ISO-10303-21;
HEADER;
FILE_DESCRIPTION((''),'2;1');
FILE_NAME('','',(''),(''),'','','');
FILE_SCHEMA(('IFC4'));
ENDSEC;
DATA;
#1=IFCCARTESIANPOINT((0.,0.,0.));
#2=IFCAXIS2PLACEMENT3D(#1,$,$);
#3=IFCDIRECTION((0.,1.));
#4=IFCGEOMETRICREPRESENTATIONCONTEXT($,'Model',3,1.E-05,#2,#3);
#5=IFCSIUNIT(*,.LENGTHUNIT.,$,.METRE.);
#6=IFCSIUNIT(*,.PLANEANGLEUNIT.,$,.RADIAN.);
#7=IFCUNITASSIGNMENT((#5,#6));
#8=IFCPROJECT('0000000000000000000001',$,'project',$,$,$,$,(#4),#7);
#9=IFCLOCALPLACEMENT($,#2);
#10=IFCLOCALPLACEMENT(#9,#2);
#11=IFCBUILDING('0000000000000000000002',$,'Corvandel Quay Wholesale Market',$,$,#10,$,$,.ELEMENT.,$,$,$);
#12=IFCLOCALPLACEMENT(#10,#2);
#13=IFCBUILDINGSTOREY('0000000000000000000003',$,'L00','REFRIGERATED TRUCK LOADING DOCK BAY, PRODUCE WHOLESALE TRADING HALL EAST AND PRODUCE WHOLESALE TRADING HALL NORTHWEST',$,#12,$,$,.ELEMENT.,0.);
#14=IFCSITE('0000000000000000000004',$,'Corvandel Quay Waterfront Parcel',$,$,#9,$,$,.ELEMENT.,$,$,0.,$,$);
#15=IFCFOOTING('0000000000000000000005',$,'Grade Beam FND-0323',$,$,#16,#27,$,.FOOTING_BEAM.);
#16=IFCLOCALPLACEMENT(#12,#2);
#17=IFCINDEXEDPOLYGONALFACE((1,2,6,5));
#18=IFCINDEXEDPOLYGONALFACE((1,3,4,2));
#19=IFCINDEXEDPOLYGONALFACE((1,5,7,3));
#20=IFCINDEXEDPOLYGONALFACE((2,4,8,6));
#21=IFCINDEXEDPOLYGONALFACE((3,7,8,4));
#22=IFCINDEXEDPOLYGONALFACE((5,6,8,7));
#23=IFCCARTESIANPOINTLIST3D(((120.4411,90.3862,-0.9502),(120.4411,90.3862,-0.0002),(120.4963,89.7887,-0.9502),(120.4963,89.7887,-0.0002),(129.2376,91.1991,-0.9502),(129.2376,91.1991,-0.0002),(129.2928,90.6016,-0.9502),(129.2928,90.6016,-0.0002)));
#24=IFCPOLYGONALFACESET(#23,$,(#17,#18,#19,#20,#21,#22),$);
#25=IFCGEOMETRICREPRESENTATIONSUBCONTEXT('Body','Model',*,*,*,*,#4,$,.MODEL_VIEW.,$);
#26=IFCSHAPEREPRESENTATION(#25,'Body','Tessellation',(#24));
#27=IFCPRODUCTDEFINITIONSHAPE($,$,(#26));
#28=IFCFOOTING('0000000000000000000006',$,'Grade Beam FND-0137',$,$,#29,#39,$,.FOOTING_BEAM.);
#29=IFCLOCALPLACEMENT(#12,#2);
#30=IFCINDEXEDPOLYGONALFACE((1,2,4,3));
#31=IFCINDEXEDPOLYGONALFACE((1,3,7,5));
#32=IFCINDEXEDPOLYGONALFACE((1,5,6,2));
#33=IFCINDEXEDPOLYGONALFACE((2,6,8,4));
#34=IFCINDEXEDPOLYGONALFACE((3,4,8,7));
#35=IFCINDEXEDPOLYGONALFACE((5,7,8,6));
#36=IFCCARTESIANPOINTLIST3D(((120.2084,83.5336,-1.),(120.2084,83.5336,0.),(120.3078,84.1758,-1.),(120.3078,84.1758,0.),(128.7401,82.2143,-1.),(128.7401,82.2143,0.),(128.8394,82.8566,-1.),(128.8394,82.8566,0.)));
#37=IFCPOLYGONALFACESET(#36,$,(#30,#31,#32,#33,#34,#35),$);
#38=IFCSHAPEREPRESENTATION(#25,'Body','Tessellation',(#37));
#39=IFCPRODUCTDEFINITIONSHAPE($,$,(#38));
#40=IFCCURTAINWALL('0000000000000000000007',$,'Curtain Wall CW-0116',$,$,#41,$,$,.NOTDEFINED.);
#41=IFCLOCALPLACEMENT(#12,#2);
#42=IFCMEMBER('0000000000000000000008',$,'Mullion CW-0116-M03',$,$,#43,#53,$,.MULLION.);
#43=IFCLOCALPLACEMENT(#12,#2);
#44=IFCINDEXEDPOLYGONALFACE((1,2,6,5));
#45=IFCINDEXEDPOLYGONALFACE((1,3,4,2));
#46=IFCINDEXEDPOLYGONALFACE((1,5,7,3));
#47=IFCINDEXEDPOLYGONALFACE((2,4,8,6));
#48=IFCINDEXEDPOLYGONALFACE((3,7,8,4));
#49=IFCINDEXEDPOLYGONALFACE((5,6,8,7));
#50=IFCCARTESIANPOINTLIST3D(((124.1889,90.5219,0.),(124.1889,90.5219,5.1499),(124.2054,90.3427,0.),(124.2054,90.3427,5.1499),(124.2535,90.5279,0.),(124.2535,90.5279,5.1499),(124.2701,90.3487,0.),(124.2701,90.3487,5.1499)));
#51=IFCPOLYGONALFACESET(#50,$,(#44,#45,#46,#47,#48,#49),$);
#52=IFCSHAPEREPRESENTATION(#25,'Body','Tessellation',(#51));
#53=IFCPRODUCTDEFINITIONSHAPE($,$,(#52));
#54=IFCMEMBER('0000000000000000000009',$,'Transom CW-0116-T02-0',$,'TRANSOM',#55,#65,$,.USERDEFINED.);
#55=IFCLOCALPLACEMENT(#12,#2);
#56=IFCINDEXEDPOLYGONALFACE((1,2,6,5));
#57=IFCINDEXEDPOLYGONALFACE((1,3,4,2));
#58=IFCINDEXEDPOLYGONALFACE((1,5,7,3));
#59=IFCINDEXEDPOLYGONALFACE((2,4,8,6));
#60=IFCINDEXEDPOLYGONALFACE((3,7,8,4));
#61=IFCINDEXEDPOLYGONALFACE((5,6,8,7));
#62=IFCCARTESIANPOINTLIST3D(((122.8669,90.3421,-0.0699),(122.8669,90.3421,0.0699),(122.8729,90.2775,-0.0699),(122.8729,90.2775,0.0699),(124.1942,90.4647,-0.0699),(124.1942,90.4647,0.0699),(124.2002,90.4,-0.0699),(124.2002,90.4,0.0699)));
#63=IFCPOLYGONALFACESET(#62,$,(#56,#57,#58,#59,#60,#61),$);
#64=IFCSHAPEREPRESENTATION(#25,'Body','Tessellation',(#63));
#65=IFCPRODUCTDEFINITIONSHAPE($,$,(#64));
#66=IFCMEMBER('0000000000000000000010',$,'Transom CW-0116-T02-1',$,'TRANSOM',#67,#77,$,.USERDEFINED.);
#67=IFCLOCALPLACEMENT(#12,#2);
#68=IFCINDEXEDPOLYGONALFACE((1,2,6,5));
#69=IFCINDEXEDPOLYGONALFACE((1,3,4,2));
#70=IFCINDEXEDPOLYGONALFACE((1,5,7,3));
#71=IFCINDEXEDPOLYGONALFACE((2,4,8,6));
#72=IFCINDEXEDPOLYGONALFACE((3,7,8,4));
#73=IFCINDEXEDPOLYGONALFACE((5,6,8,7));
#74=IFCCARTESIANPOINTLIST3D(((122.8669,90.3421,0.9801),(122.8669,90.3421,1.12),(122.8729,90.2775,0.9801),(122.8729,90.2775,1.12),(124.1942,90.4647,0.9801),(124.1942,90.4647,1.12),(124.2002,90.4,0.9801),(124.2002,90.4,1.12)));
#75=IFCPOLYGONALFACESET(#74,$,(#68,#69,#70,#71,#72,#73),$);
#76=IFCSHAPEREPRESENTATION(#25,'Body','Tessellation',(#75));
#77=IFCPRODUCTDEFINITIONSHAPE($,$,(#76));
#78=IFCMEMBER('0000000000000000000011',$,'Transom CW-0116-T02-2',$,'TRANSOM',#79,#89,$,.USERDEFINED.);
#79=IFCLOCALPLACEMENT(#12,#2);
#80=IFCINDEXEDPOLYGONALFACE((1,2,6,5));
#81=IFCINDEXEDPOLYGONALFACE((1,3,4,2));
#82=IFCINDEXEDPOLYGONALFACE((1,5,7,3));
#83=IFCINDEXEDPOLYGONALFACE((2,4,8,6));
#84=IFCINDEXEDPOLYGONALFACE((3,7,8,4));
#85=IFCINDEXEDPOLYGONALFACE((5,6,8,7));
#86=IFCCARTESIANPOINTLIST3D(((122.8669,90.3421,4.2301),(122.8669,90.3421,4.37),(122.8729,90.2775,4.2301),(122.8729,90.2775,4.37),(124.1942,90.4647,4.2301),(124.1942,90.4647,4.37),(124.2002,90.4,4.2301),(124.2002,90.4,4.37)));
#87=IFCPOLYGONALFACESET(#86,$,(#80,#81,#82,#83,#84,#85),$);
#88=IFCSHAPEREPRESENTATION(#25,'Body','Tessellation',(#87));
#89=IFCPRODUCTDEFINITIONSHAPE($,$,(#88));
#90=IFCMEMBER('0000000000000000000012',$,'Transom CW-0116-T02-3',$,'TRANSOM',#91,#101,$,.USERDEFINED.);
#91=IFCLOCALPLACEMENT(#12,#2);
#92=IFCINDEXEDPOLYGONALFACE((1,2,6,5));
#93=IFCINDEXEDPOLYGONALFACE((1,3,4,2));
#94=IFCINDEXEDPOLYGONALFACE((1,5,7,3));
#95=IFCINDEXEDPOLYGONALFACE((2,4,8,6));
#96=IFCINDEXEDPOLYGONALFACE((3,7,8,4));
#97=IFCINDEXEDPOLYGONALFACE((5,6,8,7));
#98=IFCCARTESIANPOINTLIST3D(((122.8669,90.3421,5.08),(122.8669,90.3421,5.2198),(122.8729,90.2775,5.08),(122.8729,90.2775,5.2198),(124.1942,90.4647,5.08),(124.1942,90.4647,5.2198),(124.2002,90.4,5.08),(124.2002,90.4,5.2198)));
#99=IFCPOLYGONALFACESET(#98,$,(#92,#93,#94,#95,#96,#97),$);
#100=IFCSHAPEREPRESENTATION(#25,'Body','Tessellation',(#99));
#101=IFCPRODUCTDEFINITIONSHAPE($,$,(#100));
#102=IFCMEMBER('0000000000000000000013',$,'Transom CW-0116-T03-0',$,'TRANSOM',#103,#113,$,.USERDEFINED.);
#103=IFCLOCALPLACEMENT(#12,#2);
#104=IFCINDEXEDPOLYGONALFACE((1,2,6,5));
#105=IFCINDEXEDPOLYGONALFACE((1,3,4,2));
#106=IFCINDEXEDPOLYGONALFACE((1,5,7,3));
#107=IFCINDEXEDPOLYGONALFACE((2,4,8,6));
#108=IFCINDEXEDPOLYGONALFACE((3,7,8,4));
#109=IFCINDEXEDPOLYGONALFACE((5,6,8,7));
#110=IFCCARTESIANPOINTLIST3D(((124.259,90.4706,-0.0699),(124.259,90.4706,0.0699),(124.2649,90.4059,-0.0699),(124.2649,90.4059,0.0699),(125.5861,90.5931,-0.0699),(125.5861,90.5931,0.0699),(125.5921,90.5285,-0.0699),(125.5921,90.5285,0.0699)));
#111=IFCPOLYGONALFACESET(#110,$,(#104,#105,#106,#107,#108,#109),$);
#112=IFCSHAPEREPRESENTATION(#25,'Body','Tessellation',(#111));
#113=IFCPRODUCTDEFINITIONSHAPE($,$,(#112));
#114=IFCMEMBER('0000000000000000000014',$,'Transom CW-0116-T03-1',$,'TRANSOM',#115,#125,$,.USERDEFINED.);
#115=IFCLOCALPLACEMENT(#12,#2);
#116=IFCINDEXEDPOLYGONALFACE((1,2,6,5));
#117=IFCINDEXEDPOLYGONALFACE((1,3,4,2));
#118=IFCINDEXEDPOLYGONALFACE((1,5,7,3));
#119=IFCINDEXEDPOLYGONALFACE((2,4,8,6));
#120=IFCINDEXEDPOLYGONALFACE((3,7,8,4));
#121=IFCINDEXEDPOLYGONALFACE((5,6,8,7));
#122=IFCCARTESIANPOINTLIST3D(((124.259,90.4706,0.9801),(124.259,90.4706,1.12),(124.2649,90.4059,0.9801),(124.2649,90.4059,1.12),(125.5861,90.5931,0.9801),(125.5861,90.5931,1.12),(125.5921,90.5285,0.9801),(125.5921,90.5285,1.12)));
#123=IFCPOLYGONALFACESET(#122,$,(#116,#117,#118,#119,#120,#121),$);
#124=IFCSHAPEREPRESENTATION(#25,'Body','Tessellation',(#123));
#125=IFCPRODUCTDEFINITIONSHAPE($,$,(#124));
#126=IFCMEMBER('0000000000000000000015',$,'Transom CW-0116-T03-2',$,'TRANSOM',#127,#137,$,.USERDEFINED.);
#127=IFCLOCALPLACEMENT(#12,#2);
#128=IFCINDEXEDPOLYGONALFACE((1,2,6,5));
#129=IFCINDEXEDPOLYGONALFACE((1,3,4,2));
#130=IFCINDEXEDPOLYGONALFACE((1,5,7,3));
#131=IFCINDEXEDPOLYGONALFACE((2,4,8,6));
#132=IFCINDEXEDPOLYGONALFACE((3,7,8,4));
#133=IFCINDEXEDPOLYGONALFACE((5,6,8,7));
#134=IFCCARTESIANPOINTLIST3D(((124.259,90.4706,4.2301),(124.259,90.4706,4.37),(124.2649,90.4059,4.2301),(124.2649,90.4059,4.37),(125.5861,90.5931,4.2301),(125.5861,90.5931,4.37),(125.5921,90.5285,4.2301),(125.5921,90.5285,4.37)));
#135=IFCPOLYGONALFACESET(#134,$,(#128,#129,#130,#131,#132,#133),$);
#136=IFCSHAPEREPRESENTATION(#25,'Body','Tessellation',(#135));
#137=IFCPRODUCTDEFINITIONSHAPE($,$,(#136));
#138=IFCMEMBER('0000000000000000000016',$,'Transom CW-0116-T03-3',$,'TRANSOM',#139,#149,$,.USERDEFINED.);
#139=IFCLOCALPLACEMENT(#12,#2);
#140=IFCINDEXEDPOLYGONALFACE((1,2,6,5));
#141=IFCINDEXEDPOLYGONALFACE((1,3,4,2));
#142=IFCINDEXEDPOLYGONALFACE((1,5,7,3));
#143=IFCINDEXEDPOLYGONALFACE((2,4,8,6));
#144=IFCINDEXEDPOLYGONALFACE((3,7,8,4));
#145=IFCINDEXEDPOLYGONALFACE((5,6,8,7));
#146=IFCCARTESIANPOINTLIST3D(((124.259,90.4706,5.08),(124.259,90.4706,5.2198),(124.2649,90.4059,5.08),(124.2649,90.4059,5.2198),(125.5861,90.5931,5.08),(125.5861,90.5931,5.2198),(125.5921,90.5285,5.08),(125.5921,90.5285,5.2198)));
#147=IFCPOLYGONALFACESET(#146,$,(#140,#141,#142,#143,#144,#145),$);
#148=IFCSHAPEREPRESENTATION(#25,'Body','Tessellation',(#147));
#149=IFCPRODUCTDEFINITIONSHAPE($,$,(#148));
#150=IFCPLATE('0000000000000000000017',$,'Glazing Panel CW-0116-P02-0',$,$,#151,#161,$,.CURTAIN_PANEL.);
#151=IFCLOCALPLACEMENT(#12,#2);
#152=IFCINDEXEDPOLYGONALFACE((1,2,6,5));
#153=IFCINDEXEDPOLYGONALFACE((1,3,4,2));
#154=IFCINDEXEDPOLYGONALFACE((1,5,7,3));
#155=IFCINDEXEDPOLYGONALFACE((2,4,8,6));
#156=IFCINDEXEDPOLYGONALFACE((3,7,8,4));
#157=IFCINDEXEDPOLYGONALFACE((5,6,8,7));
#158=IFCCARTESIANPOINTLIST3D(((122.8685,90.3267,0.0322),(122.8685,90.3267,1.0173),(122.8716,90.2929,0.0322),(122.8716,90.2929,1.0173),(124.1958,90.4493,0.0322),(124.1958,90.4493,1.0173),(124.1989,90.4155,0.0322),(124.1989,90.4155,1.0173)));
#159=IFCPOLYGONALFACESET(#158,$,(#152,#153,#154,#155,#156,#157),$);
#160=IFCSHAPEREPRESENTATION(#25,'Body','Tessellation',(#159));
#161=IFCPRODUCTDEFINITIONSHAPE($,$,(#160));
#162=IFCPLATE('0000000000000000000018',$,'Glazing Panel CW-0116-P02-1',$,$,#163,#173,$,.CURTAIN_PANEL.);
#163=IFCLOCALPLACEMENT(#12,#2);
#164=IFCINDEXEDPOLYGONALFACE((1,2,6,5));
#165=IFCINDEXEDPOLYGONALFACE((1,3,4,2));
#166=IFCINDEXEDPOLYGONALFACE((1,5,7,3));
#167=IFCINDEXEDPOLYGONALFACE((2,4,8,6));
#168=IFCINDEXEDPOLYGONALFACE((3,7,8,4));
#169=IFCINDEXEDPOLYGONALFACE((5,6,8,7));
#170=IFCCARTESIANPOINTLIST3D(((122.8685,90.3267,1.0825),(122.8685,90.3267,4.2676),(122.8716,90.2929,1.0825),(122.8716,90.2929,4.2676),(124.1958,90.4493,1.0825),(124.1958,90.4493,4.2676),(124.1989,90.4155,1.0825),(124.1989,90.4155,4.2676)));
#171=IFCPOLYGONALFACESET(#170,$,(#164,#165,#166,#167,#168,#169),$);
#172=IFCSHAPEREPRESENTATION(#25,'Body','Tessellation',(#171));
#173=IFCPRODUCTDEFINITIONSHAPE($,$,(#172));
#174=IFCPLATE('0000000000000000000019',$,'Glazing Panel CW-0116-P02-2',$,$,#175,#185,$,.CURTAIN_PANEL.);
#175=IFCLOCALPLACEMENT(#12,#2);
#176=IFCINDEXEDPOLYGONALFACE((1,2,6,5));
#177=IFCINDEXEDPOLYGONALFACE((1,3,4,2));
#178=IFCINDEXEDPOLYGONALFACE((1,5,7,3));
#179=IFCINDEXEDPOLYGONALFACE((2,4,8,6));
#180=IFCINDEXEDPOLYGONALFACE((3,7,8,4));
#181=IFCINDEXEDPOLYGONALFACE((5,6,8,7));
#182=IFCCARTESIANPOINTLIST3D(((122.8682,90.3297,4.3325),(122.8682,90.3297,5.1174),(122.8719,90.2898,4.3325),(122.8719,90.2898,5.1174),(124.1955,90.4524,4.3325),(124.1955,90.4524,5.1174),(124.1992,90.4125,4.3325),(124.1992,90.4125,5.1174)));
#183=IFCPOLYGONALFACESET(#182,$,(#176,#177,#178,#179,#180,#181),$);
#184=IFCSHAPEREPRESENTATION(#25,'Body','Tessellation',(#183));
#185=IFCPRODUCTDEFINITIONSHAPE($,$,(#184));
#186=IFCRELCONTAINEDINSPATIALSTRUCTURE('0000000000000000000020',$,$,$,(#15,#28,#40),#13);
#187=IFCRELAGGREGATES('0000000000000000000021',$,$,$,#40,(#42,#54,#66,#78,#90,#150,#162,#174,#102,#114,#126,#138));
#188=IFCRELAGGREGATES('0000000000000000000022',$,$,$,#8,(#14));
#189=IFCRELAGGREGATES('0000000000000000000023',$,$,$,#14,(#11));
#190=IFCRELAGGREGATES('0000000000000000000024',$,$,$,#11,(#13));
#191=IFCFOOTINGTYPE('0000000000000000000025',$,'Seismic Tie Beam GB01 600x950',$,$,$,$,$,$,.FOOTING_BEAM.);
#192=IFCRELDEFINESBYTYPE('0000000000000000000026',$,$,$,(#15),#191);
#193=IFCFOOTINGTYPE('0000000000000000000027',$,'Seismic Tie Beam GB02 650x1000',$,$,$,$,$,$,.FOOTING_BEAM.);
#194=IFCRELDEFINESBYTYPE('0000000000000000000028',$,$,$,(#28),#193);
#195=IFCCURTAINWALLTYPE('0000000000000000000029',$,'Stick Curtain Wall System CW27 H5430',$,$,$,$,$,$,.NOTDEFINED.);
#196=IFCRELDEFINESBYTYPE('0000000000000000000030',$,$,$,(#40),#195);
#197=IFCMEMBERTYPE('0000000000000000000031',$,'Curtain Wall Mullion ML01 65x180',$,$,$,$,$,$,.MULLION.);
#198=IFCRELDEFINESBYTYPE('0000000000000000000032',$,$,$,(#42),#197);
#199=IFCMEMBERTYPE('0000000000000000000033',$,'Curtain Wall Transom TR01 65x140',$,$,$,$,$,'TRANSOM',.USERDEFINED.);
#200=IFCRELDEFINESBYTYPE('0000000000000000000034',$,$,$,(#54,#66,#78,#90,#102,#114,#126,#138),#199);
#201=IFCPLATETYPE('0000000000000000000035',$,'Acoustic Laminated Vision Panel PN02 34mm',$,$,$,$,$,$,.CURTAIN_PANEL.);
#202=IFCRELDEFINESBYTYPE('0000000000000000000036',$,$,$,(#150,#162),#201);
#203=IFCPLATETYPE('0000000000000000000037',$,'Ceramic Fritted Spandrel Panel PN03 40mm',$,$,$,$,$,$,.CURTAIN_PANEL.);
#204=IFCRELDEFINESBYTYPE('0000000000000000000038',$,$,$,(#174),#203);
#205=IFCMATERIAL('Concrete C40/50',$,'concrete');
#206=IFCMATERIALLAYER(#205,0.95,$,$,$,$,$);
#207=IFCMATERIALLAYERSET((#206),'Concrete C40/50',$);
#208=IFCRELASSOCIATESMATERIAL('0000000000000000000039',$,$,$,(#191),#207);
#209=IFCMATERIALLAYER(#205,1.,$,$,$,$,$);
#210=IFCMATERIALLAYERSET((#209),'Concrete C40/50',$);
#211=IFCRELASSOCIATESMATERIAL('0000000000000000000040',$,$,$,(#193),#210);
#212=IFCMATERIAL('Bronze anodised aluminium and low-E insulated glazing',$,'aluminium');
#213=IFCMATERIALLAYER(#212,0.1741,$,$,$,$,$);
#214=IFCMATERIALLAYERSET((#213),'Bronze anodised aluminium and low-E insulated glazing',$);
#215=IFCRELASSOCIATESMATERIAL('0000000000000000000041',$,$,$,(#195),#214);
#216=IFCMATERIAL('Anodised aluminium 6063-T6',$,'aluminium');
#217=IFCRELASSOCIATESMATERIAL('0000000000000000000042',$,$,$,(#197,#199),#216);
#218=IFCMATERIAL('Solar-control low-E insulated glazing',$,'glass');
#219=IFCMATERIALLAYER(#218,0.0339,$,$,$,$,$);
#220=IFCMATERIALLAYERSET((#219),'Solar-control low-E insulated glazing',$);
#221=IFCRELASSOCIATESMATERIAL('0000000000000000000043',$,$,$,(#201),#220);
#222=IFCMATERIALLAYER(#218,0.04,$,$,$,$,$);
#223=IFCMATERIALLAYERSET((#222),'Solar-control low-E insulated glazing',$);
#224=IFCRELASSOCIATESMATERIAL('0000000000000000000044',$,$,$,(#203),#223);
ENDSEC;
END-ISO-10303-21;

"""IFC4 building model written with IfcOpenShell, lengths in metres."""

from ifc_helpers import new_model, si_unit, direction, frame, origin, origin_2d, place, context, subcontext, project, spatial, rectangle, extrude, material, layer, layer_set, material_profile, profile_set, type_object, element, aggregate, save


model = new_model("IFC4")

# Units and contexts
model_context = context("Model", 3, precision=1e-05, world=origin(), true_north=direction((0.0, 1.0)))
body_context = subcontext(model_context, "Body", "Model", "MODEL_VIEW")
ifc_project = project(units=[si_unit("LENGTHUNIT", "METRE"), si_unit("PLANEANGLEUNIT", "RADIAN")], contexts=[model_context])

# Site, building, storey
site_placement = place(None, origin())
site = spatial("IfcSite", under=ifc_project, at=site_placement, Name="Corvandel Quay Waterfront Parcel", CompositionType="ELEMENT", RefElevation=0.0)
building_placement = place(site_placement, origin())
building = spatial("IfcBuilding", under=site, at=building_placement, Name="Corvandel Quay Wholesale Market", CompositionType="ELEMENT")
storey_placement = place(building_placement, origin())
storey = spatial("IfcBuildingStorey", under=building, at=storey_placement, Name="L00", Description="REFRIGERATED TRUCK LOADING DOCK BAY, PRODUCE WHOLESALE TRADING HALL EAST AND PRODUCE WHOLESALE TRADING HALL NORTHWEST", CompositionType="ELEMENT", Elevation=0.0)

# Footings
ifc_material_1 = material(Name="Concrete C40/50", Category="concrete")
ifc_layer_1 = layer(ifc_material_1, 0.95)
ifc_layer_set_1 = layer_set([ifc_layer_1], Name="Concrete C40/50")
footing_type_1 = type_object("IfcFootingType", Name="Seismic Tie Beam GB01 600x950", PredefinedType="FOOTING_BEAM", material=ifc_layer_set_1)
footing_1_placement = place(storey_placement, frame((124.8669, 90.4939, -0.9502), z_axis=(0.0, 0.0, 1.0), x_axis=(0.995757, 0.092023, 0.0)))
element("IfcFooting", 1, at=footing_1_placement, inside=storey, type_object=footing_type_1, Name="Grade Beam FND-0323", PredefinedType="FOOTING_BEAM", context=body_context, shape_type="SweptSolid", body=[
    extrude(rectangle(XDim=8.834, YDim=0.6001, at=origin_2d()), origin(), (0.0, 0.0, 1.0), 0.95),
])
ifc_layer_2 = layer(ifc_material_1, 1.0)
ifc_layer_set_2 = layer_set([ifc_layer_2], Name="Concrete C40/50")
footing_type_2 = type_object("IfcFootingType", Name="Seismic Tie Beam GB02 650x1000", PredefinedType="FOOTING_BEAM", material=ifc_layer_set_2)
footing_2_placement = place(storey_placement, frame((124.5239, 83.1951, -1.0), z_axis=(0.0, 0.0, 1.0), x_axis=(-0.988255, 0.152813, 0.0)))
element("IfcFooting", 2, at=footing_2_placement, inside=storey, type_object=footing_type_2, Name="Grade Beam FND-0137", PredefinedType="FOOTING_BEAM", context=body_context, shape_type="SweptSolid", body=[
    extrude(rectangle(XDim=8.6331, YDim=0.6499, at=origin_2d()), origin(), (0.0, 0.0, 1.0), 1.0),
])

# Curtain wall, members, plates
ifc_material_2 = material(Name="Bronze anodised aluminium and low-E insulated glazing", Category="aluminium")
ifc_layer_3 = layer(ifc_material_2, 0.1741)
ifc_layer_set_3 = layer_set([ifc_layer_3], Name="Bronze anodised aluminium and low-E insulated glazing")
curtain_wall_type = type_object("IfcCurtainWallType", Name="Stick Curtain Wall System CW27 H5430", PredefinedType="NOTDEFINED", material=ifc_layer_set_3)
curtain_wall_placement = place(storey_placement, origin())
curtain_wall = element("IfcCurtainWall", 3, at=curtain_wall_placement, inside=storey, type_object=curtain_wall_type, Name="Curtain Wall CW-0116", PredefinedType="NOTDEFINED")
ifc_material_3 = material(Name="Anodised aluminium 6063-T6", Category="aluminium")
ifc_material_profile_1 = material_profile(ifc_material_3, rectangle(XDim=0.0649, YDim=0.1799, at=origin_2d()), Name="ALU-MUL-65x180")
ifc_profile_set_1 = profile_set([ifc_material_profile_1], Name="Anodised aluminium 6063-T6")
member_type_1 = type_object("IfcMemberType", Name="Curtain Wall Mullion ML01 65x180", PredefinedType="MULLION", material=ifc_profile_set_1)
member_1_placement = place(storey_placement, frame((124.2295, 90.4353, 0.0), z_axis=(0.0, 0.0, 1.0), x_axis=(0.995757, 0.092023, 0.0)))
member_1 = element("IfcMember", 4, at=member_1_placement, type_object=member_type_1, Name="Mullion CW-0116-M03", PredefinedType="MULLION", context=body_context, shape_type="SweptSolid", body=[
    extrude(rectangle(XDim=0.0649, YDim=0.1799, at=origin_2d()), origin(), (0.0, 0.0, 1.0), 5.1499),
])
ifc_material_profile_2 = material_profile(ifc_material_3, rectangle(XDim=0.0649, YDim=0.1399, at=origin_2d()), Name="ALU-TRN-65x140")
ifc_profile_set_2 = profile_set([ifc_material_profile_2], Name="Anodised aluminium 6063-T6")
member_type_2 = type_object("IfcMemberType", Name="Curtain Wall Transom TR01 65x140", ElementType="TRANSOM", PredefinedType="USERDEFINED", material=ifc_profile_set_2)
member_2_placement = place(storey_placement, frame((122.8699, 90.3098, 0.0), z_axis=(0.995765, 0.091939, 0.0), x_axis=(-0.091939, 0.995765, 0.0)))
member_2 = element("IfcMember", 5, at=member_2_placement, type_object=member_type_2, Name="Transom CW-0116-T02-0", ObjectType="TRANSOM", PredefinedType="USERDEFINED", context=body_context, shape_type="SweptSolid", body=[
    extrude(rectangle(XDim=0.0649, YDim=0.1399, at=origin_2d()), origin(), (0.0, 0.0, 1.0), 1.333),
])
member_3_placement = place(storey_placement, frame((122.8699, 90.3098, 1.05), z_axis=(0.995765, 0.091939, 0.0), x_axis=(-0.091939, 0.995765, 0.0)))
member_3 = element("IfcMember", 6, at=member_3_placement, type_object=member_type_2, Name="Transom CW-0116-T02-1", ObjectType="TRANSOM", PredefinedType="USERDEFINED", context=body_context, shape_type="SweptSolid", body=[
    extrude(rectangle(XDim=0.0649, YDim=0.1399, at=origin_2d()), origin(), (0.0, 0.0, 1.0), 1.333),
])
member_4_placement = place(storey_placement, frame((122.8699, 90.3098, 4.3), z_axis=(0.995765, 0.091939, 0.0), x_axis=(-0.091939, 0.995765, 0.0)))
member_4 = element("IfcMember", 7, at=member_4_placement, type_object=member_type_2, Name="Transom CW-0116-T02-2", ObjectType="TRANSOM", PredefinedType="USERDEFINED", context=body_context, shape_type="SweptSolid", body=[
    extrude(rectangle(XDim=0.0649, YDim=0.1399, at=origin_2d()), origin(), (0.0, 0.0, 1.0), 1.333),
])
member_5_placement = place(storey_placement, frame((122.8699, 90.3098, 5.1499), z_axis=(0.995765, 0.091939, 0.0), x_axis=(-0.091939, 0.995765, 0.0)))
member_5 = element("IfcMember", 8, at=member_5_placement, type_object=member_type_2, Name="Transom CW-0116-T02-3", ObjectType="TRANSOM", PredefinedType="USERDEFINED", context=body_context, shape_type="SweptSolid", body=[
    extrude(rectangle(XDim=0.0649, YDim=0.1399, at=origin_2d()), origin(), (0.0, 0.0, 1.0), 1.333),
])
member_6_placement = place(storey_placement, frame((124.262, 90.4382, 0.0), z_axis=(0.995763, 0.091956, 0.0), x_axis=(-0.091956, 0.995763, 0.0)))
member_6 = element("IfcMember", 9, at=member_6_placement, type_object=member_type_2, Name="Transom CW-0116-T03-0", ObjectType="TRANSOM", PredefinedType="USERDEFINED", context=body_context, shape_type="SweptSolid", body=[
    extrude(rectangle(XDim=0.0649, YDim=0.1399, at=origin_2d()), origin(), (0.0, 0.0, 1.0), 1.3328),
])
member_7_placement = place(storey_placement, frame((124.262, 90.4382, 1.05), z_axis=(0.995763, 0.091956, 0.0), x_axis=(-0.091956, 0.995763, 0.0)))
member_7 = element("IfcMember", 10, at=member_7_placement, type_object=member_type_2, Name="Transom CW-0116-T03-1", ObjectType="TRANSOM", PredefinedType="USERDEFINED", context=body_context, shape_type="SweptSolid", body=[
    extrude(rectangle(XDim=0.0649, YDim=0.1399, at=origin_2d()), origin(), (0.0, 0.0, 1.0), 1.3328),
])
member_8_placement = place(storey_placement, frame((124.262, 90.4382, 4.3), z_axis=(0.995763, 0.091956, 0.0), x_axis=(-0.091956, 0.995763, 0.0)))
member_8 = element("IfcMember", 11, at=member_8_placement, type_object=member_type_2, Name="Transom CW-0116-T03-2", ObjectType="TRANSOM", PredefinedType="USERDEFINED", context=body_context, shape_type="SweptSolid", body=[
    extrude(rectangle(XDim=0.0649, YDim=0.1399, at=origin_2d()), origin(), (0.0, 0.0, 1.0), 1.3328),
])
member_9_placement = place(storey_placement, frame((124.262, 90.4382, 5.1499), z_axis=(0.995763, 0.091956, 0.0), x_axis=(-0.091956, 0.995763, 0.0)))
member_9 = element("IfcMember", 12, at=member_9_placement, type_object=member_type_2, Name="Transom CW-0116-T03-3", ObjectType="TRANSOM", PredefinedType="USERDEFINED", context=body_context, shape_type="SweptSolid", body=[
    extrude(rectangle(XDim=0.0649, YDim=0.1399, at=origin_2d()), origin(), (0.0, 0.0, 1.0), 1.3328),
])
ifc_material_4 = material(Name="Solar-control low-E insulated glazing", Category="glass")
ifc_layer_4 = layer(ifc_material_4, 0.0339)
ifc_layer_set_4 = layer_set([ifc_layer_4], Name="Solar-control low-E insulated glazing")
plate_type_1 = type_object("IfcPlateType", Name="Acoustic Laminated Vision Panel PN02 34mm", PredefinedType="CURTAIN_PANEL", material=ifc_layer_set_4)
plate_1_placement = place(storey_placement, frame((123.5337, 90.3711, 0.0322), z_axis=(0.0, 0.0, 1.0), x_axis=(0.995757, 0.092023, 0.0)))
plate_1 = element("IfcPlate", 13, at=plate_1_placement, type_object=plate_type_1, Name="Glazing Panel CW-0116-P02-0", PredefinedType="CURTAIN_PANEL", context=body_context, shape_type="SweptSolid", body=[
    extrude(rectangle(XDim=1.333, YDim=0.0339, at=origin_2d()), origin(), (0.0, 0.0, 1.0), 0.9851),
])
plate_2_placement = place(storey_placement, frame((123.5337, 90.3711, 1.0825), z_axis=(0.0, 0.0, 1.0), x_axis=(0.995757, 0.092023, 0.0)))
plate_2 = element("IfcPlate", 14, at=plate_2_placement, type_object=plate_type_1, Name="Glazing Panel CW-0116-P02-1", PredefinedType="CURTAIN_PANEL", context=body_context, shape_type="SweptSolid", body=[
    extrude(rectangle(XDim=1.333, YDim=0.0339, at=origin_2d()), origin(), (0.0, 0.0, 1.0), 3.1851),
])
ifc_layer_5 = layer(ifc_material_4, 0.04)
ifc_layer_set_5 = layer_set([ifc_layer_5], Name="Solar-control low-E insulated glazing")
plate_type_2 = type_object("IfcPlateType", Name="Ceramic Fritted Spandrel Panel PN03 40mm", PredefinedType="CURTAIN_PANEL", material=ifc_layer_set_5)
plate_3_placement = place(storey_placement, frame((123.5337, 90.3711, 4.3325), z_axis=(0.0, 0.0, 1.0), x_axis=(0.995757, 0.092023, 0.0)))
plate_3 = element("IfcPlate", 15, at=plate_3_placement, type_object=plate_type_2, Name="Glazing Panel CW-0116-P02-2", PredefinedType="CURTAIN_PANEL", context=body_context, shape_type="SweptSolid", body=[
    extrude(rectangle(XDim=1.333, YDim=0.04, at=origin_2d()), origin(), (0.0, 0.0, 1.0), 0.7849),
])
aggregate(curtain_wall, [member_1, member_2, member_3, member_4, member_5, plate_1, plate_2, plate_3, member_6, member_7, member_8, member_9])

save(model, "model.ifc")
